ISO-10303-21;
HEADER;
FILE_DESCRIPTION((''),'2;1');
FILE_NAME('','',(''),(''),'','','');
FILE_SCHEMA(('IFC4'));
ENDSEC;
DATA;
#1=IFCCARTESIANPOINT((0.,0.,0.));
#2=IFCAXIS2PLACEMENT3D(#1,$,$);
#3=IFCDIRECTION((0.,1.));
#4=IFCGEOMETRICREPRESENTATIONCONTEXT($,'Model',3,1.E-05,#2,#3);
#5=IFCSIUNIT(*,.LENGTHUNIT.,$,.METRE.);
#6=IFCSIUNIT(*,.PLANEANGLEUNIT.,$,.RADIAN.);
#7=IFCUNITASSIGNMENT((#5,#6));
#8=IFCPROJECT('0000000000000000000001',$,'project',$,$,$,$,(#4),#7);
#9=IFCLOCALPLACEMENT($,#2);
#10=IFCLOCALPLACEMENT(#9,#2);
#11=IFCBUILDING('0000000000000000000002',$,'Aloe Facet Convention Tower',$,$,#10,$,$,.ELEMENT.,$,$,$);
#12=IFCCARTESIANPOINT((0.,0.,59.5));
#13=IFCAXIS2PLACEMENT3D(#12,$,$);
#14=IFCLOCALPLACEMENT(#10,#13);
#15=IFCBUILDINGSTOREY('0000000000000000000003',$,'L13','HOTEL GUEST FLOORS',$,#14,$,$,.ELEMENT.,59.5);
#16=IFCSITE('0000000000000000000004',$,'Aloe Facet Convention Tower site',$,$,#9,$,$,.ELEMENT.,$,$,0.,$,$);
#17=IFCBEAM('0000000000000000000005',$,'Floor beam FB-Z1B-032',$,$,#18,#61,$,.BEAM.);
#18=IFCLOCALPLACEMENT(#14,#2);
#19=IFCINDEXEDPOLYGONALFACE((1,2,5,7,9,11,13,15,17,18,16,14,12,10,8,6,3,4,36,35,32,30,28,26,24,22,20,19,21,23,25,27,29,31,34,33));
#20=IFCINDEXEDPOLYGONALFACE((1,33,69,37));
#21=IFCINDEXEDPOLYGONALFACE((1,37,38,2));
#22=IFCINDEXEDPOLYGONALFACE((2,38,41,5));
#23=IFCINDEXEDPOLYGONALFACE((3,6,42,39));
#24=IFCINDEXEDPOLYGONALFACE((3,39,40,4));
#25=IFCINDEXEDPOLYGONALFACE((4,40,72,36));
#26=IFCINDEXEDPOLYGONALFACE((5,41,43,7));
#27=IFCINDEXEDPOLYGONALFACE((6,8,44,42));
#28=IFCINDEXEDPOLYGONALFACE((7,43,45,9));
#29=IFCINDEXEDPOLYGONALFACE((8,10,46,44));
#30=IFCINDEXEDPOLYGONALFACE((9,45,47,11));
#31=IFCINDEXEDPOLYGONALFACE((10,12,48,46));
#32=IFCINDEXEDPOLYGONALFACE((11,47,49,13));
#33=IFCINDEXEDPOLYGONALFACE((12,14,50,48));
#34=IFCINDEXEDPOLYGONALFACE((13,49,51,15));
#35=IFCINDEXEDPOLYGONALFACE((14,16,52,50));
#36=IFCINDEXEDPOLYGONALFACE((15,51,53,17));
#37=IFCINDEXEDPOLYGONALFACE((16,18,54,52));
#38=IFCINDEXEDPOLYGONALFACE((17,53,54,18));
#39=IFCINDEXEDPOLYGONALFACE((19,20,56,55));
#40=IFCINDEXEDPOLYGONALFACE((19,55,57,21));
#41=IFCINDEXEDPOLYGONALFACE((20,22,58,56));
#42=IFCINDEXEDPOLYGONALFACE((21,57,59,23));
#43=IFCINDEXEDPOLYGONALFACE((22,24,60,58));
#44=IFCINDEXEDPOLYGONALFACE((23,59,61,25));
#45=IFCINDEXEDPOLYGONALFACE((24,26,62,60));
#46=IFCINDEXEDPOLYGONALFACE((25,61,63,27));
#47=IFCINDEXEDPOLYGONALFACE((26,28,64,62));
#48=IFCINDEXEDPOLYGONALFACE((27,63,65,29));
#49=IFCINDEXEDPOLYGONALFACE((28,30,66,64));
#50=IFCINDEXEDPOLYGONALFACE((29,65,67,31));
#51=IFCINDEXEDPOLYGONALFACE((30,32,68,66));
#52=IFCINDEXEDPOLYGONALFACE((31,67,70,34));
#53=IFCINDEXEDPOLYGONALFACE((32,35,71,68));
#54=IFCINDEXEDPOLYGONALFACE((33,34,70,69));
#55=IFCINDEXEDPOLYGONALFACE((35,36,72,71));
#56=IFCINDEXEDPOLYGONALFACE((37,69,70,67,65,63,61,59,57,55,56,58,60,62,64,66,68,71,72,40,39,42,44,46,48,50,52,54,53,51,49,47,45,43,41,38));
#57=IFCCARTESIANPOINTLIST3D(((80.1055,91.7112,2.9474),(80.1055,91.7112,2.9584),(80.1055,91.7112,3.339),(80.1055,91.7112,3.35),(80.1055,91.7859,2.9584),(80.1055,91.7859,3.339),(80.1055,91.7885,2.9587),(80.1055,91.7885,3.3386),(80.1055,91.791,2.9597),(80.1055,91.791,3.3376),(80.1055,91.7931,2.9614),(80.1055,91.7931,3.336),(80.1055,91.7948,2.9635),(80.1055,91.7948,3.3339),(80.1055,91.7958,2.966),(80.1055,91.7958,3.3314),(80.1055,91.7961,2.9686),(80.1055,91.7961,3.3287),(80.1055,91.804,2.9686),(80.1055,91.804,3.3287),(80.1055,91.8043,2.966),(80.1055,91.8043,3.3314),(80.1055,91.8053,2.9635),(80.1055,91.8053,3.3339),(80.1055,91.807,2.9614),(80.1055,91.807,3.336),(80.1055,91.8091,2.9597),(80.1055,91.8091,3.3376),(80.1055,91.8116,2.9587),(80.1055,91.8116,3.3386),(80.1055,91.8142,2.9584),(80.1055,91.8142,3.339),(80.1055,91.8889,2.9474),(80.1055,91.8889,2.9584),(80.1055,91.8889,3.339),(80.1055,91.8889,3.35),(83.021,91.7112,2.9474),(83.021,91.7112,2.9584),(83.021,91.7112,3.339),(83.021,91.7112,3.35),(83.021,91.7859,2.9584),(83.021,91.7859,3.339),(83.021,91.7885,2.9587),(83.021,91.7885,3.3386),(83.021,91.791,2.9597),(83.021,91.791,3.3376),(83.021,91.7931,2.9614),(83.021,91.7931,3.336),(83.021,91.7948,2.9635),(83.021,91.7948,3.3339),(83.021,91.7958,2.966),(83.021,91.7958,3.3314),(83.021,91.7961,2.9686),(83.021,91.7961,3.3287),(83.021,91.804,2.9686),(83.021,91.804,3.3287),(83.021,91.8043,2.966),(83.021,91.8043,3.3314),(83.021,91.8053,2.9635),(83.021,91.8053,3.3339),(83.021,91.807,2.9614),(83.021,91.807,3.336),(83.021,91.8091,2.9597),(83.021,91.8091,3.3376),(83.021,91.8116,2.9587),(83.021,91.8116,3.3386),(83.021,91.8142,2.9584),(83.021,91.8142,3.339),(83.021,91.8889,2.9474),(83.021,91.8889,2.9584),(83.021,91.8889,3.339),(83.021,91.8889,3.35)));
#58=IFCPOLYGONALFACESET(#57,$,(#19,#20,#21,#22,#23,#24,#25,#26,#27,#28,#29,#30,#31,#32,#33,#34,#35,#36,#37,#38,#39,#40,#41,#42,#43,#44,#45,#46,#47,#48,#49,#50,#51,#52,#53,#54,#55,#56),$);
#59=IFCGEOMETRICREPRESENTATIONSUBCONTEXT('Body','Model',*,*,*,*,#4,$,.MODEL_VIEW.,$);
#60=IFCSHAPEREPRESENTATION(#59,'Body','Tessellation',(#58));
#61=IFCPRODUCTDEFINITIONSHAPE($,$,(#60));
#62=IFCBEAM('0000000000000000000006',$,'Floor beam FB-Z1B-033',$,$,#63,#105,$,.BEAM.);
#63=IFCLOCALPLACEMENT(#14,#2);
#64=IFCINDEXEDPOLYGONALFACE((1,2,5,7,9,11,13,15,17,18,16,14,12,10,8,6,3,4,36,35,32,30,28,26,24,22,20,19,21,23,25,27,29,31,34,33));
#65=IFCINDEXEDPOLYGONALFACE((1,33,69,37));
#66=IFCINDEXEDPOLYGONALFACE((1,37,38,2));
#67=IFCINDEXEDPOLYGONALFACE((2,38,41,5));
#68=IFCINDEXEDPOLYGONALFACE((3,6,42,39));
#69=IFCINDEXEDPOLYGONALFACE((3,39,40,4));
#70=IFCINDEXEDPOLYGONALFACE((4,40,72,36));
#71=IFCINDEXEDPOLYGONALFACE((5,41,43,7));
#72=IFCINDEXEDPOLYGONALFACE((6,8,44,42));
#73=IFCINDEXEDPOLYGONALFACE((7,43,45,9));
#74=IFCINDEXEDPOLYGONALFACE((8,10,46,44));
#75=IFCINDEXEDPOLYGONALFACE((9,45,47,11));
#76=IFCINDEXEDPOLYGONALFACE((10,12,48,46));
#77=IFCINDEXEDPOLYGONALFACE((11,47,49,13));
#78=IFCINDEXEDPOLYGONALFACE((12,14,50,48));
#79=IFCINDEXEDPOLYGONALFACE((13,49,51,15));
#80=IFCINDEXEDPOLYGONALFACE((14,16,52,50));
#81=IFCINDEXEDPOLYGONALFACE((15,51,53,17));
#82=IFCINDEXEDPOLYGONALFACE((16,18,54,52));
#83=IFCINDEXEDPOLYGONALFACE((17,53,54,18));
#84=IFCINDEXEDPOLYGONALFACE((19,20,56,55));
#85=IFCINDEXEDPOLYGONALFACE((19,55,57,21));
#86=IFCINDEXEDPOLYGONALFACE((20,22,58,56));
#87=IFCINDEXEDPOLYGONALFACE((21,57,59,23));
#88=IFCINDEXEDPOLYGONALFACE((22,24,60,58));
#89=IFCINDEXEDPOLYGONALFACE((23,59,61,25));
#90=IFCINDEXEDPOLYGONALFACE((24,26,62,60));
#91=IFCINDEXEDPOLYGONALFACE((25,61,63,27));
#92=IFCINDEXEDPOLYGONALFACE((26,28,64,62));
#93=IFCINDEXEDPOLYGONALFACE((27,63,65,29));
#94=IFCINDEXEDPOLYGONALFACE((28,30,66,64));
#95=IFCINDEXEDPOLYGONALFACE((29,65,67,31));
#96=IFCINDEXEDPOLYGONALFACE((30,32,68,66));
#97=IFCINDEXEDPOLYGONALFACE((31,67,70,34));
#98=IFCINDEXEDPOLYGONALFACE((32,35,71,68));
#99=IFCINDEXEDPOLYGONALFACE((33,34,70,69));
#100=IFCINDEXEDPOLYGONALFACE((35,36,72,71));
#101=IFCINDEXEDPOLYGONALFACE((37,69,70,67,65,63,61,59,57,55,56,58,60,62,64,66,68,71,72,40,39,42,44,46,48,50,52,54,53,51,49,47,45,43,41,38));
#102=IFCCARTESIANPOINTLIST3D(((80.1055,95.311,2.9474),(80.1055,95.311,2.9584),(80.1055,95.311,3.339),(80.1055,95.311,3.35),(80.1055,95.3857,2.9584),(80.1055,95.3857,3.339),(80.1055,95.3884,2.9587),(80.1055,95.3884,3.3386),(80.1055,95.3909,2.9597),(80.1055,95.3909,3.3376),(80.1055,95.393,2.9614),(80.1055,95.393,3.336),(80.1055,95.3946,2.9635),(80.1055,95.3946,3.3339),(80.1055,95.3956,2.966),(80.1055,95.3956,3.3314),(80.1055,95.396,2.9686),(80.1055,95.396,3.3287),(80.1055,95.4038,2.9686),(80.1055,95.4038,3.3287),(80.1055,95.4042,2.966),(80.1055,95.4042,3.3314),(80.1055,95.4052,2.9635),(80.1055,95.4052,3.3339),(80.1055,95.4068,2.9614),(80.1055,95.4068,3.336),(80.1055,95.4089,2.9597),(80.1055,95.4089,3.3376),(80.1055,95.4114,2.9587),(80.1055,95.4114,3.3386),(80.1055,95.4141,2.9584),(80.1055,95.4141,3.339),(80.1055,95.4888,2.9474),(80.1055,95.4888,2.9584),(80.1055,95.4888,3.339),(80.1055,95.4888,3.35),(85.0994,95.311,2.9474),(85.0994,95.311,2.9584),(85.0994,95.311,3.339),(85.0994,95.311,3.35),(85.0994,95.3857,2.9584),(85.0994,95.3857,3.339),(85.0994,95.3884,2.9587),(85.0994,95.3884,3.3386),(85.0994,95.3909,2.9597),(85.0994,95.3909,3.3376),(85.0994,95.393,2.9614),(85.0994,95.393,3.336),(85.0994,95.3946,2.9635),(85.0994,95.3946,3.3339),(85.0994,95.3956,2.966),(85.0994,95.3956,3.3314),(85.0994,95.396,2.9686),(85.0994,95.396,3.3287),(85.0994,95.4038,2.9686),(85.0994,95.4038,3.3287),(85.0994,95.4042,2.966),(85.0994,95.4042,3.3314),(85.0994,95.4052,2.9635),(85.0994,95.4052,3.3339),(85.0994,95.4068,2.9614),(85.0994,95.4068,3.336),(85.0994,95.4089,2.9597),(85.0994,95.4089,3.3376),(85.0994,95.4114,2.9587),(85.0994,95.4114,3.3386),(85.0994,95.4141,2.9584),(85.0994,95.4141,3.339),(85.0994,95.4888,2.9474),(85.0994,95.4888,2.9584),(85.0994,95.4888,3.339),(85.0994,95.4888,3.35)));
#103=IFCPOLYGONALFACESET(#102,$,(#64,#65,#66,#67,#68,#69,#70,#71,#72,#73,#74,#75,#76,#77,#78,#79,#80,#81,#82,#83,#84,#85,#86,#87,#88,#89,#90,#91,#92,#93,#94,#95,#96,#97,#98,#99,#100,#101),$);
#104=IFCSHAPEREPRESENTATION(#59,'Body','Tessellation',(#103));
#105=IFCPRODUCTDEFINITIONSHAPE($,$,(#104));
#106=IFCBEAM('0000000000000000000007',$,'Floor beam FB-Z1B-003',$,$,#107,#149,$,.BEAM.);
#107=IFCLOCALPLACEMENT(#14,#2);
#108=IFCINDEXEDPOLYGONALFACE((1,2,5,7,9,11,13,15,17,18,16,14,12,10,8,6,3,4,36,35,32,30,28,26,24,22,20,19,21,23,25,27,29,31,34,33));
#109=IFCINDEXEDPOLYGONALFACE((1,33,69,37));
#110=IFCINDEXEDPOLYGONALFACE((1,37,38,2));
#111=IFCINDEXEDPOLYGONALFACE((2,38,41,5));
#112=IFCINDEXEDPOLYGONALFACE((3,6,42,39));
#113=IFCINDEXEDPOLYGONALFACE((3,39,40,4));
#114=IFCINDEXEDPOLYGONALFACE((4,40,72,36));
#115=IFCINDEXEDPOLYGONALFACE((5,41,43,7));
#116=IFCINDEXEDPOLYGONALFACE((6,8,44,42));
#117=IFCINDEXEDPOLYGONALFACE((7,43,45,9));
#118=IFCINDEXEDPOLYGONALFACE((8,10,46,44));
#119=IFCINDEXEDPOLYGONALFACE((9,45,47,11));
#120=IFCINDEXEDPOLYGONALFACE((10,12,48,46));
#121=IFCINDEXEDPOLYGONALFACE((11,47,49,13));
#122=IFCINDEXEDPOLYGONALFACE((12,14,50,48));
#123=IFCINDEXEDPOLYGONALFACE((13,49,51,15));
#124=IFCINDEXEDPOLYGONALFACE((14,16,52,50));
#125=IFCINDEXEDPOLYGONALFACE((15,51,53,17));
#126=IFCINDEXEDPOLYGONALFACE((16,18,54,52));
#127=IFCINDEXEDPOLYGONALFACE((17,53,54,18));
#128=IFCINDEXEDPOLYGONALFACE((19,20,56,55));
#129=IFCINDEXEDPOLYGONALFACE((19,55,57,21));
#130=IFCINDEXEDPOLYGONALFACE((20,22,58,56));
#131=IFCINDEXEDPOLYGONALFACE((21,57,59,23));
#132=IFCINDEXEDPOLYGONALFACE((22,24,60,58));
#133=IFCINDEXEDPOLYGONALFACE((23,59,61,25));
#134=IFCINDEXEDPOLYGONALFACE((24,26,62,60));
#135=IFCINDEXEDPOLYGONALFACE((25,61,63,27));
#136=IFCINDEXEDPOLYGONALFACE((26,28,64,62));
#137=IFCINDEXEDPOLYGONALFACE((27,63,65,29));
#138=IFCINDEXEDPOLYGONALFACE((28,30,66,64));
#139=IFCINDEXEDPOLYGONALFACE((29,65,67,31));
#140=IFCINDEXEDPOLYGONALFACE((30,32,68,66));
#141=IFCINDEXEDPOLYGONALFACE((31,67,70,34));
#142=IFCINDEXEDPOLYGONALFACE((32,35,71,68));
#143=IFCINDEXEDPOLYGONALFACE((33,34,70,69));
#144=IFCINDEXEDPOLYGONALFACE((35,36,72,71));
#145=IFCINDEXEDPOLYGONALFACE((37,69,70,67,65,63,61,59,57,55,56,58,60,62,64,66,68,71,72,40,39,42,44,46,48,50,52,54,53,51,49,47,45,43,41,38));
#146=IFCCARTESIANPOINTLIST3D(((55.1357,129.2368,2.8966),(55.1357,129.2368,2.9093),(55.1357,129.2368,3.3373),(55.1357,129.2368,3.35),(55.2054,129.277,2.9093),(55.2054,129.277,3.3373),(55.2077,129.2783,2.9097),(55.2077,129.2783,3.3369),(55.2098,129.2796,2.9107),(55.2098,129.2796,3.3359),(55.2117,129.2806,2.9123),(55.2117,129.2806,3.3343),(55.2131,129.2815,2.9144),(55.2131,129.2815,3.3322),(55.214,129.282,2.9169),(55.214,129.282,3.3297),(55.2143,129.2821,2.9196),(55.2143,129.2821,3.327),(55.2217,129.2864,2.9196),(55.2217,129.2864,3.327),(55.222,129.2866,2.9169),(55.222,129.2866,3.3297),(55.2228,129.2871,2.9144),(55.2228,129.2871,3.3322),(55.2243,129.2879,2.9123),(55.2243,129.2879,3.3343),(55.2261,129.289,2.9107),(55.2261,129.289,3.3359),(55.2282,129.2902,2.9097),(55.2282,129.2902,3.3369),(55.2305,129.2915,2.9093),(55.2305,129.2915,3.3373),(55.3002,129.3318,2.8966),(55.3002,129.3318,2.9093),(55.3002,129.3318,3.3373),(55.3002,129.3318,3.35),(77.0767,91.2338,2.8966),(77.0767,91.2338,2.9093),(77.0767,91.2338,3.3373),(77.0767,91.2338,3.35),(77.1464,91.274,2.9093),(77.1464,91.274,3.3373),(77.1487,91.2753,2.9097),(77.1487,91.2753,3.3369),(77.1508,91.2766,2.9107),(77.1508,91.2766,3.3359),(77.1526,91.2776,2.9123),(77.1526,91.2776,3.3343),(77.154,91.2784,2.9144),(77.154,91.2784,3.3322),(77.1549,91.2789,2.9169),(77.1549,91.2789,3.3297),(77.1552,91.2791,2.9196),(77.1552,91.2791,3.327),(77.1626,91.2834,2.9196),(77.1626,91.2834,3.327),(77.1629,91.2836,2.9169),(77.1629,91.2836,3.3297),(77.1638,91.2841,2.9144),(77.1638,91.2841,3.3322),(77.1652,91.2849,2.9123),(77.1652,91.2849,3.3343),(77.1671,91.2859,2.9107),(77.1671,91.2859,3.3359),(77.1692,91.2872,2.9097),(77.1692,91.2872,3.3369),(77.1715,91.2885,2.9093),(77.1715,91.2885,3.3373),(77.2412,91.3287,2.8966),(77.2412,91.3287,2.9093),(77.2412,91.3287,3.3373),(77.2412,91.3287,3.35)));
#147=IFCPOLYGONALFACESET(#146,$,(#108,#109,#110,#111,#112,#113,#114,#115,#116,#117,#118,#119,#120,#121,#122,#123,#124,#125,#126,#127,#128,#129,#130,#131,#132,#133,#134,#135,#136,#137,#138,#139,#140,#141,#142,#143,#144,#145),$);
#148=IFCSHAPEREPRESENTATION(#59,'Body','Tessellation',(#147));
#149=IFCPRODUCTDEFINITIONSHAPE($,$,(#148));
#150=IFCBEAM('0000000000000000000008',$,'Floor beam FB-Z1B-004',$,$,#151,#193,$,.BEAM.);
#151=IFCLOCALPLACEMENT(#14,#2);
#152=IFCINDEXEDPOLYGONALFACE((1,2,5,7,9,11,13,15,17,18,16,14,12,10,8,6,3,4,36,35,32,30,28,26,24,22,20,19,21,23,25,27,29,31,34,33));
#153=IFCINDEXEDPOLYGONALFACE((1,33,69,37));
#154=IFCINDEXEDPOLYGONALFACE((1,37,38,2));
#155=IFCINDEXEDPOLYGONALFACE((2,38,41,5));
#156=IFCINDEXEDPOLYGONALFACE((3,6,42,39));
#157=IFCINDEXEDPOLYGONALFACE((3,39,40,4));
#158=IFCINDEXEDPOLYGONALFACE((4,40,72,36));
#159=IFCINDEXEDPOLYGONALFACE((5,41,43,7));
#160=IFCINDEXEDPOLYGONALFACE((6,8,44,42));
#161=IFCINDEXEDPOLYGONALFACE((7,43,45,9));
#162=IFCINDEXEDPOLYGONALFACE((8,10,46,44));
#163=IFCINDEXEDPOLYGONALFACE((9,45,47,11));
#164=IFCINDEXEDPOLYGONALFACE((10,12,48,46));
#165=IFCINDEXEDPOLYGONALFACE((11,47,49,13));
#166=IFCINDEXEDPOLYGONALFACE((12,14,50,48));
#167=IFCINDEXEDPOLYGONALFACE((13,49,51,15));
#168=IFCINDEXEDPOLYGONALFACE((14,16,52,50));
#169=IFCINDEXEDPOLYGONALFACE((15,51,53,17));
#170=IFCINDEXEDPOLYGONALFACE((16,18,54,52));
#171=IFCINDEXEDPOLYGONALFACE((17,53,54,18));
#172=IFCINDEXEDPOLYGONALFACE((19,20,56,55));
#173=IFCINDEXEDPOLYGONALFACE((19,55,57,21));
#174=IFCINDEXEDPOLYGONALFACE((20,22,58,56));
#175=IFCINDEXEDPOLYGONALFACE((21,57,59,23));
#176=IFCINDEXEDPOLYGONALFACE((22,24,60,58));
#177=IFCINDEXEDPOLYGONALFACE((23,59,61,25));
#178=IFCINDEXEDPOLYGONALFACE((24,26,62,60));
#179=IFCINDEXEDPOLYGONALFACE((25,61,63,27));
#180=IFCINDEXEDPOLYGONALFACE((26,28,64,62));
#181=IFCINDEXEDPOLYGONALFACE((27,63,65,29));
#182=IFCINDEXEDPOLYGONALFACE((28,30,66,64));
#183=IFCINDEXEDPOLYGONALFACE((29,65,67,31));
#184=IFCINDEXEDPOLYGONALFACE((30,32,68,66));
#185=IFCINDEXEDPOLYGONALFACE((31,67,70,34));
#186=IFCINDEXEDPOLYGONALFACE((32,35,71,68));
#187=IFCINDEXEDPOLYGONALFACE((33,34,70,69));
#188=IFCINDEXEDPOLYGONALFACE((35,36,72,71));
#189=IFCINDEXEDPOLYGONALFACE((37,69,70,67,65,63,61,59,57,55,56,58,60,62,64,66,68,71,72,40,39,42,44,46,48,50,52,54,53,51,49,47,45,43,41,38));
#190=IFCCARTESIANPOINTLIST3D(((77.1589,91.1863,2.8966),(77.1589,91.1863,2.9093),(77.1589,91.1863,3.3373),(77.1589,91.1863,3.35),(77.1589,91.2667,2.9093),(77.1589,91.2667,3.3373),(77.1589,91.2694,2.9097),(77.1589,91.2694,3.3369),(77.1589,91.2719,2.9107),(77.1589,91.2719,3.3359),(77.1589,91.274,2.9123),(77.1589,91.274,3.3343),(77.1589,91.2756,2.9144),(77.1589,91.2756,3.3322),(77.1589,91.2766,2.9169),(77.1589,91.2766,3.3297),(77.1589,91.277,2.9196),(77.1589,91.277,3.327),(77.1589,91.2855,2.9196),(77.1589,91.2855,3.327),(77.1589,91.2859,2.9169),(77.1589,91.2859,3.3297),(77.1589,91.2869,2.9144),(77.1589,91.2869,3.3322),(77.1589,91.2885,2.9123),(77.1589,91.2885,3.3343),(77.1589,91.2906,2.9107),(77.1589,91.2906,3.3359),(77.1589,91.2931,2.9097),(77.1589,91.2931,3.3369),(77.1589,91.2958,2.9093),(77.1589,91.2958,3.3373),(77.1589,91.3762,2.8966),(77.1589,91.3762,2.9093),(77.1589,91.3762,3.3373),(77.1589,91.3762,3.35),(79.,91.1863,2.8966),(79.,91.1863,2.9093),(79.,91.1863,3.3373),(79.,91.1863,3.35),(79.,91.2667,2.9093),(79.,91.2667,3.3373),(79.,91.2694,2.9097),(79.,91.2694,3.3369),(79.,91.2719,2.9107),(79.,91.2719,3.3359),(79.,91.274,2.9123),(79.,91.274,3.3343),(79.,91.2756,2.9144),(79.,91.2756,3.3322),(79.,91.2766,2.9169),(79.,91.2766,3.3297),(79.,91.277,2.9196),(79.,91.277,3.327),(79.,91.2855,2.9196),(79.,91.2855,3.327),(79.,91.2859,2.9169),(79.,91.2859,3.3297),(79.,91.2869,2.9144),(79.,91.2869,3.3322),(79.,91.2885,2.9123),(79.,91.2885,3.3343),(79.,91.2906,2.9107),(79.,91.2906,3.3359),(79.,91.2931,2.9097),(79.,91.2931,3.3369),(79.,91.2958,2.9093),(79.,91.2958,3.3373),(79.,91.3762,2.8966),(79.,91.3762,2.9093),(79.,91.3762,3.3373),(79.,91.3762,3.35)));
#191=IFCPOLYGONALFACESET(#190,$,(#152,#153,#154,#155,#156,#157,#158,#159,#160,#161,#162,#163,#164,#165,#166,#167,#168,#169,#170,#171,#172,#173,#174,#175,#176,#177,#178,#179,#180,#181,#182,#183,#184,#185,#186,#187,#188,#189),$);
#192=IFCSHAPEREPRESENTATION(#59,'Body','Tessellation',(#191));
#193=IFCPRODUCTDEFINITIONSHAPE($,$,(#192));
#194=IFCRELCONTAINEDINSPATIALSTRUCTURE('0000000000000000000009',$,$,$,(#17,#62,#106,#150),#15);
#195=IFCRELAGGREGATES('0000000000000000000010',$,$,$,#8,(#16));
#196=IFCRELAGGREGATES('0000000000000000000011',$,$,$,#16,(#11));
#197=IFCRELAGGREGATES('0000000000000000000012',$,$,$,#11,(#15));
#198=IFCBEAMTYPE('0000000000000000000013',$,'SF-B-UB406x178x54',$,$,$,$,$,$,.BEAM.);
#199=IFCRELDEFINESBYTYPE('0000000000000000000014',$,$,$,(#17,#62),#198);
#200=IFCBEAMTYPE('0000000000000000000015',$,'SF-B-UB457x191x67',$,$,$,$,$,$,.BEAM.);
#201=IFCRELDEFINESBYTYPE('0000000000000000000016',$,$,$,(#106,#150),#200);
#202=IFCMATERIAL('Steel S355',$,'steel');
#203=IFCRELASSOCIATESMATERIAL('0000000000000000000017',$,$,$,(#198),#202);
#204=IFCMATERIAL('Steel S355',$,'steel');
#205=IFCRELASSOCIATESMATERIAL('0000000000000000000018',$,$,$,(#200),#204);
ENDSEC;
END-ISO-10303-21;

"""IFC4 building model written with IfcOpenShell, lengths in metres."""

from ifc_helpers import new_model, si_unit, direction, frame, origin, origin_2d, place, context, subcontext, project, spatial, i_section, extrude, material, material_profile, profile_set, type_object, element, save


model = new_model("IFC4")

# Units and contexts
model_context = context("Model", 3, precision=1e-05, world=origin(), true_north=direction((0.0, 1.0)))
body_context = subcontext(model_context, "Body", "Model", "MODEL_VIEW")
ifc_project = project(units=[si_unit("LENGTHUNIT", "METRE"), si_unit("PLANEANGLEUNIT", "RADIAN")], contexts=[model_context])

# Site, building, storey
site_placement = place(None, origin())
site = spatial("IfcSite", under=ifc_project, at=site_placement, Name="Aloe Facet Convention Tower site", CompositionType="ELEMENT", RefElevation=0.0)
building_placement = place(site_placement, origin())
building = spatial("IfcBuilding", under=site, at=building_placement, Name="Aloe Facet Convention Tower", CompositionType="ELEMENT")
storey_placement = place(building_placement, frame((0.0, 0.0, 59.5)))
storey = spatial("IfcBuildingStorey", under=building, at=storey_placement, Name="L13", Description="HOTEL GUEST FLOORS", CompositionType="ELEMENT", Elevation=59.5)

# Beams
ifc_material_1 = material(Name="Steel S355", Category="steel")
ifc_material_profile_1 = material_profile(ifc_material_1, i_section(OverallWidth=0.1777, OverallDepth=0.4026, WebThickness=0.0078, FlangeThickness=0.011, FilletRadius=0.0103, at=origin_2d()), Name="UB 406x178x54")
ifc_profile_set_1 = profile_set([ifc_material_profile_1], Name="Steel S355")
beam_type_1 = type_object("IfcBeamType", Name="SF-B-UB406x178x54", PredefinedType="BEAM", material=ifc_profile_set_1)
for number, where, z_axis, x_axis, name in (
    (1, (80.1055, 91.8, 3.1487), (1.0, 0.0, 0.0), (0.0, 1.0, 0.0), "Floor beam FB-Z1B-032"),
):
    element("IfcBeam", number, at=place(storey_placement, frame(where, z_axis=z_axis, x_axis=x_axis)), inside=storey, type_object=beam_type_1, Name=name, PredefinedType="BEAM", context=body_context, shape_type="SweptSolid", body=[
        extrude(i_section(OverallWidth=0.1777, OverallDepth=0.4026, WebThickness=0.0078, FlangeThickness=0.011, FilletRadius=0.0103, at=origin_2d()), origin(), (0.0, 0.0, 1.0), 2.9155),
    ])
beam_1_placement = place(storey_placement, frame((80.1055, 95.3999, 3.1487), z_axis=(1.0, 0.0, 0.0), x_axis=(0.0, 1.0, 0.0)))
element("IfcBeam", 2, at=beam_1_placement, inside=storey, type_object=beam_type_1, Name="Floor beam FB-Z1B-033", PredefinedType="BEAM", context=body_context, shape_type="SweptSolid", body=[
    extrude(i_section(OverallWidth=0.1777, OverallDepth=0.4026, WebThickness=0.0078, FlangeThickness=0.011, FilletRadius=0.0103, at=origin_2d()), origin(), (0.0, 0.0, 1.0), 4.9939),
])
ifc_material_2 = material(Name="Steel S355", Category="steel")
ifc_material_profile_2 = material_profile(ifc_material_2, i_section(OverallWidth=0.1899, OverallDepth=0.4534, WebThickness=0.0085, FlangeThickness=0.0127, FilletRadius=0.0103, at=origin_2d()), Name="UB 457x191x67")
ifc_profile_set_2 = profile_set([ifc_material_profile_2], Name="Steel S355")
beam_type_2 = type_object("IfcBeamType", Name="SF-B-UB457x191x67", PredefinedType="BEAM", material=ifc_profile_set_2)
beam_2_placement = place(storey_placement, frame((77.1589, 91.2812, 3.1233), z_axis=(-0.499999, 0.866026, 0.0), x_axis=(-0.866026, -0.499999, 0.0)))
element("IfcBeam", 3, at=beam_2_placement, inside=storey, type_object=beam_type_2, Name="Floor beam FB-Z1B-003", PredefinedType="BEAM", context=body_context, shape_type="SweptSolid", body=[
    extrude(i_section(OverallWidth=0.1899, OverallDepth=0.4534, WebThickness=0.0085, FlangeThickness=0.0127, FilletRadius=0.0103, at=origin_2d()), origin(), (0.0, 0.0, 1.0), 43.8821),
])
for number, where, z_axis, x_axis, name in (
    (4, (79.0, 91.2812, 3.1233), (-1.0, 0.0, 0.0), (0.0, -1.0, 0.0), "Floor beam FB-Z1B-004"),
):
    element("IfcBeam", number, at=place(storey_placement, frame(where, z_axis=z_axis, x_axis=x_axis)), inside=storey, type_object=beam_type_2, Name=name, PredefinedType="BEAM", context=body_context, shape_type="SweptSolid", body=[
        extrude(i_section(OverallWidth=0.1899, OverallDepth=0.4534, WebThickness=0.0085, FlangeThickness=0.0127, FilletRadius=0.0103, at=origin_2d()), origin(), (0.0, 0.0, 1.0), 1.8411),
    ])

save(model, "model.ifc")
